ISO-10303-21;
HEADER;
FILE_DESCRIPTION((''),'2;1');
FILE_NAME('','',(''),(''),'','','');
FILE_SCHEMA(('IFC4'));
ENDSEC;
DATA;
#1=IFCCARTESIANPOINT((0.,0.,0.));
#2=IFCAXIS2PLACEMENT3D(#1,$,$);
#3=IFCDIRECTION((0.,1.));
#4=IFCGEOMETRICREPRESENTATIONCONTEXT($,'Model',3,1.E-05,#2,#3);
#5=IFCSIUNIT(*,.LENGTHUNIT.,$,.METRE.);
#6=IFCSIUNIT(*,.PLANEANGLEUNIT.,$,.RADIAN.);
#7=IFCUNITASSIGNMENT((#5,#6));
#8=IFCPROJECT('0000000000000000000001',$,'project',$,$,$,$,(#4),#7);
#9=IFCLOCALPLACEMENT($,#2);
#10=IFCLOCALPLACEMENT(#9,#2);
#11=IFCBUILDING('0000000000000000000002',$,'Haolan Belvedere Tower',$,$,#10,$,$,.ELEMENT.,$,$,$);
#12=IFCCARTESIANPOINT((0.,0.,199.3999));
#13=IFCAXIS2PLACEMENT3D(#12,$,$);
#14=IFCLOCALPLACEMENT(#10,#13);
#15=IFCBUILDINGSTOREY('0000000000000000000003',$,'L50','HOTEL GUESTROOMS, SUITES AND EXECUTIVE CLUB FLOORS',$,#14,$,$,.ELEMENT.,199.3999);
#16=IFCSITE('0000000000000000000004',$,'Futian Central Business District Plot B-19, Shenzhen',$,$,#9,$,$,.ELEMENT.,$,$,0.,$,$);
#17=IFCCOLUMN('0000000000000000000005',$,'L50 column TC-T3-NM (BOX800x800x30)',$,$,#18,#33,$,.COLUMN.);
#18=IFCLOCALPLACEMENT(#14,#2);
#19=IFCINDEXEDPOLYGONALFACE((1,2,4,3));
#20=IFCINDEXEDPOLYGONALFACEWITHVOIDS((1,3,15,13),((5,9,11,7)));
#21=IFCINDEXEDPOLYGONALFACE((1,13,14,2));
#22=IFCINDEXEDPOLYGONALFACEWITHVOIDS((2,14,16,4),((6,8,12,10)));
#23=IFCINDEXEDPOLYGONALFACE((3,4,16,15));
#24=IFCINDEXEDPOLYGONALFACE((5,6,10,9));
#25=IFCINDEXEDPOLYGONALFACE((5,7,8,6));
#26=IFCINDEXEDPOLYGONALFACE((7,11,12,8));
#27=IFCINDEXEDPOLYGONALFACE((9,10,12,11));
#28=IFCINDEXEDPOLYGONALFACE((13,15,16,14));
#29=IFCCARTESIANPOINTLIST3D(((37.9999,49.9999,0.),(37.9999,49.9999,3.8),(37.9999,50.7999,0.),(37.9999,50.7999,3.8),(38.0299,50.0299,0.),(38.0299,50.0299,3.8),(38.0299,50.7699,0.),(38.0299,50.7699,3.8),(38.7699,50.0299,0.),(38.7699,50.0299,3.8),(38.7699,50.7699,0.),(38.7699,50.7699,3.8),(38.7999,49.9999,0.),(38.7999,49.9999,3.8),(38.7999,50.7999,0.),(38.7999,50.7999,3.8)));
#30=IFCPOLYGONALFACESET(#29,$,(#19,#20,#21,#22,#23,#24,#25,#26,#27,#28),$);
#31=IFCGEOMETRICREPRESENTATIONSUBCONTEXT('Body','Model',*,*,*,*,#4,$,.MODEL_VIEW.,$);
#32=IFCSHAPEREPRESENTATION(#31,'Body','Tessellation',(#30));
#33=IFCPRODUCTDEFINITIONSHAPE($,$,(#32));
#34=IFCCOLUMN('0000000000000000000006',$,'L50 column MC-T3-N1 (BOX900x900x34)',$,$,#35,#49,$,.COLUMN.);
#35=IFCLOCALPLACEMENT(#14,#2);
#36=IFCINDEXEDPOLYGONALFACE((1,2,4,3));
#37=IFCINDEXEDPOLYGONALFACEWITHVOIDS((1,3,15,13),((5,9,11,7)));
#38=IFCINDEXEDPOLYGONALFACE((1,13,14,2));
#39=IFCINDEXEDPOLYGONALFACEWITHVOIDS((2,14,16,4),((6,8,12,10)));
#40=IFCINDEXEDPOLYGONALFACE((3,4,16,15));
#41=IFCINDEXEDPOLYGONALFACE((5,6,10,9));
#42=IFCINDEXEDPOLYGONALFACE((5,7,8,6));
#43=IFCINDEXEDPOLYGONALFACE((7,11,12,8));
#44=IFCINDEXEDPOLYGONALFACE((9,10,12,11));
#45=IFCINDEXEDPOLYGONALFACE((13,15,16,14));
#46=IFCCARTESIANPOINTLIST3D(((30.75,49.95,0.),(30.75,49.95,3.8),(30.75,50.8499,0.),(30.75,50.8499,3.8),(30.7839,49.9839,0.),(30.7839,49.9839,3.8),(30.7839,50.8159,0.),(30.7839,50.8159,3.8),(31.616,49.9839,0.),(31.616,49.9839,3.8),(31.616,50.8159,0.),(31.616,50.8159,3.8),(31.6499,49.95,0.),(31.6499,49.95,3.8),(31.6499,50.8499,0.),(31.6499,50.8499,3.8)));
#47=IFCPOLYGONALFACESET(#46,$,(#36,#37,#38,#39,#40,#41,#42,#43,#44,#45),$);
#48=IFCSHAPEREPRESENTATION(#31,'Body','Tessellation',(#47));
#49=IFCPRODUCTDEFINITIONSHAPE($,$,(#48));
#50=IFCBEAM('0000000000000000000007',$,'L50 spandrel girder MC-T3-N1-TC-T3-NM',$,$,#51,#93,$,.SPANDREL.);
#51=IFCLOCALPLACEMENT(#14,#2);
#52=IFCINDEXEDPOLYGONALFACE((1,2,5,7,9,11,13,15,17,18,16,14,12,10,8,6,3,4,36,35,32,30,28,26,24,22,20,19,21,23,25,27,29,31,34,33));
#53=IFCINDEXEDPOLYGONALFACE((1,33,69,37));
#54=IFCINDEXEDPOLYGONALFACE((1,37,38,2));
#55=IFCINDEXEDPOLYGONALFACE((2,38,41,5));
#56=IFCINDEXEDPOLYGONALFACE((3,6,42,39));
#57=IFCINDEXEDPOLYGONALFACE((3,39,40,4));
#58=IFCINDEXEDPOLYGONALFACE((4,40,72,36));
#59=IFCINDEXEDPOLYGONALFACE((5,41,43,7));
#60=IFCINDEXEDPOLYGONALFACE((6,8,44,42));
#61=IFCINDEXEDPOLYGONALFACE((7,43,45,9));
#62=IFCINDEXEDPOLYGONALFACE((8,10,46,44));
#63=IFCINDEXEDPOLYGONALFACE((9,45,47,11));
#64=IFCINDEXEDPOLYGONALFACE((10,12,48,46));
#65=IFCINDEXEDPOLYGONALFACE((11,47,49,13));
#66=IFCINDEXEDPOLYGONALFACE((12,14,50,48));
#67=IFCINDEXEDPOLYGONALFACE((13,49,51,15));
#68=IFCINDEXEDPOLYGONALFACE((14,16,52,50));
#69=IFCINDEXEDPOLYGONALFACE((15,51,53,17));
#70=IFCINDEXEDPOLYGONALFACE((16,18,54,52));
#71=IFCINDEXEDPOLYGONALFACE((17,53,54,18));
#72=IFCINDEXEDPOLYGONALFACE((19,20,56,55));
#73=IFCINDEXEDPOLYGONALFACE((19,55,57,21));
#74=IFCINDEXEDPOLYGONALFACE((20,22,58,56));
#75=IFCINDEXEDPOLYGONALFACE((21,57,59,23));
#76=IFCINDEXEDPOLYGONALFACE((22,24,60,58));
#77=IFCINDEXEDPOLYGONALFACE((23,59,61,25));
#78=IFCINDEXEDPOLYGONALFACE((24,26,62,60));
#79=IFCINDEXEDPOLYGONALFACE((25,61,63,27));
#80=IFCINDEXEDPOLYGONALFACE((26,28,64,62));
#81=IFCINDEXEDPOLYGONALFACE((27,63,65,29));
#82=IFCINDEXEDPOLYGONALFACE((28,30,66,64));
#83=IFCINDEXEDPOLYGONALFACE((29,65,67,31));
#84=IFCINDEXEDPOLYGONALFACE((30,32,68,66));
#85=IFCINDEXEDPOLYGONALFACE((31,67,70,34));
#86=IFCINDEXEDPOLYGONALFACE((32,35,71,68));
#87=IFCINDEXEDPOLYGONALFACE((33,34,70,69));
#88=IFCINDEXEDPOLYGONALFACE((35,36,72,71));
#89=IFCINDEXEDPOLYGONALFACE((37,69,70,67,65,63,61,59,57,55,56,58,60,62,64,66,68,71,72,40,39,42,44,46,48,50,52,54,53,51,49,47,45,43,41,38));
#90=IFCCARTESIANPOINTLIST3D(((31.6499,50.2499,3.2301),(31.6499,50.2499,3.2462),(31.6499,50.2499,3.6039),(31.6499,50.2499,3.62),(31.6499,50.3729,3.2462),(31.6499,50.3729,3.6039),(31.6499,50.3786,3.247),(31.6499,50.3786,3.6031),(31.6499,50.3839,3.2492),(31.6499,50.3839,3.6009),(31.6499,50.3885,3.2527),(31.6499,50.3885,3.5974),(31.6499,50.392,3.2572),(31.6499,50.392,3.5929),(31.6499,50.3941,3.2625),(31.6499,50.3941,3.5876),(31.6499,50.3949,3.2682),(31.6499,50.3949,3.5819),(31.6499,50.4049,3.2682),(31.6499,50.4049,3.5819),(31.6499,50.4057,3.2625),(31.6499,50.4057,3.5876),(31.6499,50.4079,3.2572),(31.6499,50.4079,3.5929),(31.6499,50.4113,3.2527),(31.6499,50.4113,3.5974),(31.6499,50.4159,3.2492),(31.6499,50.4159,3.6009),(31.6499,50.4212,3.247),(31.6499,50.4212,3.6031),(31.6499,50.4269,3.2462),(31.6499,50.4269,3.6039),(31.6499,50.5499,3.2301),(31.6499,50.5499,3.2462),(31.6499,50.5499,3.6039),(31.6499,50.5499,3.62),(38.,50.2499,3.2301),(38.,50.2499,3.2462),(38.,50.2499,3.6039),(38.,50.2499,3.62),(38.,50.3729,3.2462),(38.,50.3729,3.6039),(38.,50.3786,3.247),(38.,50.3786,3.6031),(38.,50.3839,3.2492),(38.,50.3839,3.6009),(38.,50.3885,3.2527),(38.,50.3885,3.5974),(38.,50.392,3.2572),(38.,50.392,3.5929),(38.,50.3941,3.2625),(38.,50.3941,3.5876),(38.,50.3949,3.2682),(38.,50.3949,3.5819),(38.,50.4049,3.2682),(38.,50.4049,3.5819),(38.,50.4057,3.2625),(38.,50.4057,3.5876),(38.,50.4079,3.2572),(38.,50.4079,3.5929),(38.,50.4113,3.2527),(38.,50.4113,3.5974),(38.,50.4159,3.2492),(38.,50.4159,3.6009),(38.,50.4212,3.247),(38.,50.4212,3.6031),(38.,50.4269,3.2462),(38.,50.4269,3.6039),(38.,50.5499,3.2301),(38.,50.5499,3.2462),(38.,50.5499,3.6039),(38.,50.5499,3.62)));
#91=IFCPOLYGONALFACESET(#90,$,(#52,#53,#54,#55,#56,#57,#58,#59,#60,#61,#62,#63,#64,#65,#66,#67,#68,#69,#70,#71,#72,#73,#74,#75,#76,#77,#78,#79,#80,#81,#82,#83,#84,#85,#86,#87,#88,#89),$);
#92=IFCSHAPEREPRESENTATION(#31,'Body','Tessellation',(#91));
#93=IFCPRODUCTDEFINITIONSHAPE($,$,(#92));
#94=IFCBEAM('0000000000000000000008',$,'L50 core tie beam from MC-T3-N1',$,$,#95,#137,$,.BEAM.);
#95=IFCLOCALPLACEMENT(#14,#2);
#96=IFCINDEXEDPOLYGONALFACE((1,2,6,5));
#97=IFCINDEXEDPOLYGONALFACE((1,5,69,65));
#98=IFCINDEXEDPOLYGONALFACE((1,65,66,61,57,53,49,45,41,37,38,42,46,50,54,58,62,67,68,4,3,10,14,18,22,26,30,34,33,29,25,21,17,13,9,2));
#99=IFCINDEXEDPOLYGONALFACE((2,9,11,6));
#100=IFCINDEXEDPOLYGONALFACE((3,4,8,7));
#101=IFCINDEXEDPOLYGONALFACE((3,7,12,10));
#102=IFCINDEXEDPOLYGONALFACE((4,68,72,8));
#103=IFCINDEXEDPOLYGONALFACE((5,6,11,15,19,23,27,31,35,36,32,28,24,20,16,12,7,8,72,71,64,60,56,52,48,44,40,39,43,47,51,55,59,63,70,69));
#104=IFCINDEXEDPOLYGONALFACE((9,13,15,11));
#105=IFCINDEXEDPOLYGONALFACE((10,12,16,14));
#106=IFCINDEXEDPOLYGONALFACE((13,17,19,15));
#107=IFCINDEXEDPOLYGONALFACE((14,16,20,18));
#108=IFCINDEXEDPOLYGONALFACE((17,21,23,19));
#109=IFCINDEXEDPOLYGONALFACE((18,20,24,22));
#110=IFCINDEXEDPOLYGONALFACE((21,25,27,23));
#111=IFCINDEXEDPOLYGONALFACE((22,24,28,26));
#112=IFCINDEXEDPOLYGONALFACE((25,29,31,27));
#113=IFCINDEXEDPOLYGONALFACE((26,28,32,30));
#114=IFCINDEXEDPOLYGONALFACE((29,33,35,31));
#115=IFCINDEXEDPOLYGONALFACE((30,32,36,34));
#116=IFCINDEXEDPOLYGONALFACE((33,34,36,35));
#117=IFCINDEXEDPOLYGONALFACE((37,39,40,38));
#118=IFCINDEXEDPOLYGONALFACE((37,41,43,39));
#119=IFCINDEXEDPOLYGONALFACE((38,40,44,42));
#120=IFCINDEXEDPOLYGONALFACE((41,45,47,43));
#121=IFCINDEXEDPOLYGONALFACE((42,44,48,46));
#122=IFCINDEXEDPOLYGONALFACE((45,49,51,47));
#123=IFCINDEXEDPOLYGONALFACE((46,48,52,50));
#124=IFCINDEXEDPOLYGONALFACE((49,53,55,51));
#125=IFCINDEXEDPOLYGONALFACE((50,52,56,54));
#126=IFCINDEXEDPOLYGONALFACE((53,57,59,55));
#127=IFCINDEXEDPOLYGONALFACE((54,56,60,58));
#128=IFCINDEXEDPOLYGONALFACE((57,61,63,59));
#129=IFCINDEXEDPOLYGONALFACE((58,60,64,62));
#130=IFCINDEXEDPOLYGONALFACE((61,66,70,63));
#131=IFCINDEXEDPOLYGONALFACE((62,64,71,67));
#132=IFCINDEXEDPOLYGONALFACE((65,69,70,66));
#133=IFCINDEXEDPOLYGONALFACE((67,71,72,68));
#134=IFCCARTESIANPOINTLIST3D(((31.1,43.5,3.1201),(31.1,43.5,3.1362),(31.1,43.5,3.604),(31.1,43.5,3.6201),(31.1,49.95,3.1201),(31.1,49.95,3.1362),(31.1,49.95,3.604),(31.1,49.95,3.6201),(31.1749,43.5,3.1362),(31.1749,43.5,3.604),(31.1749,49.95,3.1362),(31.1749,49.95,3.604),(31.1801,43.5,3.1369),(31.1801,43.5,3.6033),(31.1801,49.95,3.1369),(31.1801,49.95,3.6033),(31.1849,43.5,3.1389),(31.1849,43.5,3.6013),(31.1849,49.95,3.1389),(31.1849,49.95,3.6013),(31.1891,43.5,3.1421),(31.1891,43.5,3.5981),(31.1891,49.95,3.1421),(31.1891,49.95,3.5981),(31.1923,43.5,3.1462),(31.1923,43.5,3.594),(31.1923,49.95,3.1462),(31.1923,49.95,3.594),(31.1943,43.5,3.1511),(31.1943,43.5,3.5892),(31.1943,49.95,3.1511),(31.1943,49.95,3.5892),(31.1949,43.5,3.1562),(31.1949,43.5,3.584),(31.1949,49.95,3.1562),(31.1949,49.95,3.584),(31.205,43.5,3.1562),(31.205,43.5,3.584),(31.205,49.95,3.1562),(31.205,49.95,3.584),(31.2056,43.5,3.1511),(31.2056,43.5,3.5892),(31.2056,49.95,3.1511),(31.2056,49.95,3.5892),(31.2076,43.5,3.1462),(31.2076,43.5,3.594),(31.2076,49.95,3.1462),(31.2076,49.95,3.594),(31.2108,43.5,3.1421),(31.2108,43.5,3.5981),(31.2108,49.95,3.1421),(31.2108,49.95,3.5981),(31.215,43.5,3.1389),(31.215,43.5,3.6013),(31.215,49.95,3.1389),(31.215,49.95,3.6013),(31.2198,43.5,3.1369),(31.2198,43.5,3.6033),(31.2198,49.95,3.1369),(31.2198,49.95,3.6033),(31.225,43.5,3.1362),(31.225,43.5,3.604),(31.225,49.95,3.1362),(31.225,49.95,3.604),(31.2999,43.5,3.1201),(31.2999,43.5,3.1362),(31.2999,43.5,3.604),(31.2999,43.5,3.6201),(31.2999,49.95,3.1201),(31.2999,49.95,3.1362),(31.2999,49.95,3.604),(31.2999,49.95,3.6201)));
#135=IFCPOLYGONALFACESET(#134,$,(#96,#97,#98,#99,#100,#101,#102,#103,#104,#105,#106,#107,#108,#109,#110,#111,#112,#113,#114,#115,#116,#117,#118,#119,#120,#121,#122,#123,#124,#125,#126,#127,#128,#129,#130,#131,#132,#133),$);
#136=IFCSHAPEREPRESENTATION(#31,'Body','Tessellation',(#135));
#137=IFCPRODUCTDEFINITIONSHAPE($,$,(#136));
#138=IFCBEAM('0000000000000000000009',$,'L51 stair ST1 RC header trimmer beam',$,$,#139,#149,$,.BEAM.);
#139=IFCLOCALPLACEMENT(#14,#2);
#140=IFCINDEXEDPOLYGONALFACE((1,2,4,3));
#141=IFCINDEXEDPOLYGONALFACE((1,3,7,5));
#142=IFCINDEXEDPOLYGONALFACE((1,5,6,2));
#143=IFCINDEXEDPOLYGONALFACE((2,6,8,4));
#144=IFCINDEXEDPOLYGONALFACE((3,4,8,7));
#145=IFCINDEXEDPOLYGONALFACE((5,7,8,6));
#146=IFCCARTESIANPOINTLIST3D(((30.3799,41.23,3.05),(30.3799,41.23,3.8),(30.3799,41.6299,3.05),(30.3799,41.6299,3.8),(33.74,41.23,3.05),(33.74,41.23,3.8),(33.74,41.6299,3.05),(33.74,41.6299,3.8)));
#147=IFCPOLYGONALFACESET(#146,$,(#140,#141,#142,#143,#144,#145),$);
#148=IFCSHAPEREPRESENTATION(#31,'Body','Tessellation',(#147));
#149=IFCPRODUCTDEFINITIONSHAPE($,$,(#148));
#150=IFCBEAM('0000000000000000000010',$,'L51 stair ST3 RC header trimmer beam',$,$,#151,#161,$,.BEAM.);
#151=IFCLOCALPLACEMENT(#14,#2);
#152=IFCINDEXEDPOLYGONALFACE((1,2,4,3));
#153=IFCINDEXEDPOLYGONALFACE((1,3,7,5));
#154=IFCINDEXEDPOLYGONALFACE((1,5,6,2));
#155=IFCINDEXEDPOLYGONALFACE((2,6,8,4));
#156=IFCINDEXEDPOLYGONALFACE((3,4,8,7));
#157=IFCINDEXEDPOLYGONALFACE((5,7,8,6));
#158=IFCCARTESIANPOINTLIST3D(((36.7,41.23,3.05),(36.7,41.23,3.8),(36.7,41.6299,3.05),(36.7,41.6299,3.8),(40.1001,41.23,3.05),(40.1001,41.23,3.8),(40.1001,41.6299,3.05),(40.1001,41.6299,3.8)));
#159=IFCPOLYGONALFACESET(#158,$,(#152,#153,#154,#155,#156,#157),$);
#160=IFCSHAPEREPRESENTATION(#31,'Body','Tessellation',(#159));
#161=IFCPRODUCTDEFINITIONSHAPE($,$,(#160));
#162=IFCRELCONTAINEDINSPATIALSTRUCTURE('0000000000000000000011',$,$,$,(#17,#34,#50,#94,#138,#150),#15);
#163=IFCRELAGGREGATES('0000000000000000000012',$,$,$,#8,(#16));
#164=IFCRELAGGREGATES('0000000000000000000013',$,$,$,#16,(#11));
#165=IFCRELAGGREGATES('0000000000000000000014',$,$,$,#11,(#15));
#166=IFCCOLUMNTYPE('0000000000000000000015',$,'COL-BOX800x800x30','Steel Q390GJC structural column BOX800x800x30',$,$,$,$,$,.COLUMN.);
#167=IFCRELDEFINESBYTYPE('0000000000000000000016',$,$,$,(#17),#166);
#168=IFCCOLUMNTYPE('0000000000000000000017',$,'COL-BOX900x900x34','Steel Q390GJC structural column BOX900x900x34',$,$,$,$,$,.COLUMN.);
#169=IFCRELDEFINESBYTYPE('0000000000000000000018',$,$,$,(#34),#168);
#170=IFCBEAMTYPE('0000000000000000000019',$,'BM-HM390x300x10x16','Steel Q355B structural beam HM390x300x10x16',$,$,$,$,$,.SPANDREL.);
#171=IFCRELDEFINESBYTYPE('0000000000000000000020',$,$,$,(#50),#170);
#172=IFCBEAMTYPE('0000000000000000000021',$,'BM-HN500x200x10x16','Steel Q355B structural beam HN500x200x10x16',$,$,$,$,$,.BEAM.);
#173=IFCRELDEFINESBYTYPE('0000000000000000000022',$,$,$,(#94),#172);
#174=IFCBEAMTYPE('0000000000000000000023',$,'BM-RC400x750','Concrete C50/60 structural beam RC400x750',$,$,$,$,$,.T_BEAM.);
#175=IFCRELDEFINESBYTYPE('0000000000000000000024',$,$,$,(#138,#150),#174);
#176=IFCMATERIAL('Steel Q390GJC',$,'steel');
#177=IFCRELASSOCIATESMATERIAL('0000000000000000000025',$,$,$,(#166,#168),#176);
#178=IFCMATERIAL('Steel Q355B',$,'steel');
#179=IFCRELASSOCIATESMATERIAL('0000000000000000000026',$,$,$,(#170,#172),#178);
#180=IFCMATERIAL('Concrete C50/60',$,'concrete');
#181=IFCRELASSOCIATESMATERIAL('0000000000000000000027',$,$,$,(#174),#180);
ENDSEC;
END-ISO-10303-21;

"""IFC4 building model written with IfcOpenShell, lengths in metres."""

from ifc_helpers import new_model, si_unit, direction, frame, origin, origin_2d, place, context, subcontext, project, spatial, rectangle, hollow_rectangle, i_section, extrude, material, material_profile, profile_set, type_object, element, save


model = new_model("IFC4")

# Units and contexts
model_context = context("Model", 3, precision=1e-05, world=origin(), true_north=direction((0.0, 1.0)))
body_context = subcontext(model_context, "Body", "Model", "MODEL_VIEW")
ifc_project = project(units=[si_unit("LENGTHUNIT", "METRE"), si_unit("PLANEANGLEUNIT", "RADIAN")], contexts=[model_context])

# Site, building, storey
site_placement = place(None, origin())
site = spatial("IfcSite", under=ifc_project, at=site_placement, Name="Futian Central Business District Plot B-19, Shenzhen", CompositionType="ELEMENT", RefElevation=0.0)
building_placement = place(site_placement, origin())
building = spatial("IfcBuilding", under=site, at=building_placement, Name="Haolan Belvedere Tower", CompositionType="ELEMENT")
storey_placement = place(building_placement, frame((0.0, 0.0, 199.3999)))
storey = spatial("IfcBuildingStorey", under=building, at=storey_placement, Name="L50", Description="HOTEL GUESTROOMS, SUITES AND EXECUTIVE CLUB FLOORS", CompositionType="ELEMENT", Elevation=199.3999)

# Columns
ifc_material_1 = material(Name="Steel Q390GJC", Category="steel")
ifc_material_profile_1 = material_profile(ifc_material_1, hollow_rectangle(XDim=0.8, YDim=0.8, WallThickness=0.03, at=origin_2d()), Name="Steel Q390GJC")
ifc_profile_set_1 = profile_set([ifc_material_profile_1], Name="Steel Q390GJC")
column_type_1 = type_object("IfcColumnType", Name="COL-BOX800x800x30", Description="Steel Q390GJC structural column BOX800x800x30", PredefinedType="COLUMN", material=ifc_profile_set_1)
column_1_placement = place(storey_placement, frame((38.3999, 50.3999, 0.0), z_axis=(0.0, 0.0, 1.0), x_axis=(1.0, 0.0, 0.0)))
element("IfcColumn", 1, at=column_1_placement, inside=storey, type_object=column_type_1, Name="L50 column TC-T3-NM (BOX800x800x30)", PredefinedType="COLUMN", context=body_context, shape_type="SweptSolid", body=[
    extrude(hollow_rectangle(XDim=0.8, YDim=0.8, WallThickness=0.03, at=origin_2d()), origin(), (0.0, 0.0, 1.0), 3.8),
])
ifc_material_profile_2 = material_profile(ifc_material_1, hollow_rectangle(XDim=0.8999, YDim=0.8999, WallThickness=0.0339, at=origin_2d()), Name="Steel Q390GJC")
ifc_profile_set_2 = profile_set([ifc_material_profile_2], Name="Steel Q390GJC")
column_type_2 = type_object("IfcColumnType", Name="COL-BOX900x900x34", Description="Steel Q390GJC structural column BOX900x900x34", PredefinedType="COLUMN", material=ifc_profile_set_2)
column_2_placement = place(storey_placement, frame((31.2, 50.3999, 0.0), z_axis=(0.0, 0.0, 1.0), x_axis=(1.0, 0.0, 0.0)))
element("IfcColumn", 2, at=column_2_placement, inside=storey, type_object=column_type_2, Name="L50 column MC-T3-N1 (BOX900x900x34)", PredefinedType="COLUMN", context=body_context, shape_type="SweptSolid", body=[
    extrude(hollow_rectangle(XDim=0.8999, YDim=0.8999, WallThickness=0.0339, at=origin_2d()), origin(), (0.0, 0.0, 1.0), 3.8),
])

# Beams
ifc_material_2 = material(Name="Steel Q355B", Category="steel")
ifc_material_profile_3 = material_profile(ifc_material_2, i_section(OverallWidth=0.3, OverallDepth=0.3899, WebThickness=0.01, FlangeThickness=0.0161, FilletRadius=0.022, at=origin_2d()), Name="Steel Q355B")
ifc_profile_set_3 = profile_set([ifc_material_profile_3], Name="Steel Q355B")
beam_type_1 = type_object("IfcBeamType", Name="BM-HM390x300x10x16", Description="Steel Q355B structural beam HM390x300x10x16", PredefinedType="SPANDREL", material=ifc_profile_set_3)
beam_1_placement = place(storey_placement, frame((31.6499, 50.3999, 3.425), z_axis=(1.0, 0.0, 0.0), x_axis=(0.0, 1.0, 0.0)))
element("IfcBeam", 3, at=beam_1_placement, inside=storey, type_object=beam_type_1, Name="L50 spandrel girder MC-T3-N1-TC-T3-NM", PredefinedType="SPANDREL", context=body_context, shape_type="SweptSolid", body=[
    extrude(i_section(OverallWidth=0.3, OverallDepth=0.3899, WebThickness=0.01, FlangeThickness=0.0161, FilletRadius=0.022, at=origin_2d()), origin(), (0.0, 0.0, 1.0), 6.3501),
])
ifc_material_profile_4 = material_profile(ifc_material_2, i_section(OverallWidth=0.2, OverallDepth=0.5, WebThickness=0.01, FlangeThickness=0.0161, FilletRadius=0.02, at=origin_2d()), Name="Steel Q355B")
ifc_profile_set_4 = profile_set([ifc_material_profile_4], Name="Steel Q355B")
beam_type_2 = type_object("IfcBeamType", Name="BM-HN500x200x10x16", Description="Steel Q355B structural beam HN500x200x10x16", PredefinedType="BEAM", material=ifc_profile_set_4)
beam_2_placement = place(storey_placement, frame((31.2, 49.95, 3.3701), z_axis=(0.0, -1.0, 0.0), x_axis=(1.0, 0.0, 0.0)))
element("IfcBeam", 4, at=beam_2_placement, inside=storey, type_object=beam_type_2, Name="L50 core tie beam from MC-T3-N1", PredefinedType="BEAM", context=body_context, shape_type="SweptSolid", body=[
    extrude(i_section(OverallWidth=0.2, OverallDepth=0.5, WebThickness=0.01, FlangeThickness=0.0161, FilletRadius=0.02, at=origin_2d()), origin(), (0.0, 0.0, 1.0), 6.45),
])
ifc_material_3 = material(Name="Concrete C50/60", Category="concrete")
ifc_material_profile_5 = material_profile(ifc_material_3, rectangle(XDim=0.3999, YDim=0.75, at=origin_2d()), Name="Concrete C50/60")
ifc_profile_set_5 = profile_set([ifc_material_profile_5], Name="Concrete C50/60")
beam_type_3 = type_object("IfcBeamType", Name="BM-RC400x750", Description="Concrete C50/60 structural beam RC400x750", PredefinedType="T_BEAM", material=ifc_profile_set_5)
beam_3_placement = place(storey_placement, frame((30.3799, 41.4299, 3.425), z_axis=(1.0, 0.0, 0.0), x_axis=(0.0, 1.0, 0.0)))
element("IfcBeam", 5, at=beam_3_placement, inside=storey, type_object=beam_type_3, Name="L51 stair ST1 RC header trimmer beam", PredefinedType="BEAM", context=body_context, shape_type="SweptSolid", body=[
    extrude(rectangle(XDim=0.3999, YDim=0.75, at=origin_2d()), origin(), (0.0, 0.0, 1.0), 3.3601),
])
beam_4_placement = place(storey_placement, frame((36.7, 41.4299, 3.425), z_axis=(1.0, 0.0, 0.0), x_axis=(0.0, 1.0, 0.0)))
element("IfcBeam", 6, at=beam_4_placement, inside=storey, type_object=beam_type_3, Name="L51 stair ST3 RC header trimmer beam", PredefinedType="BEAM", context=body_context, shape_type="SweptSolid", body=[
    extrude(rectangle(XDim=0.3999, YDim=0.75, at=origin_2d()), origin(), (0.0, 0.0, 1.0), 3.4001),
])

save(model, "model.ifc")
